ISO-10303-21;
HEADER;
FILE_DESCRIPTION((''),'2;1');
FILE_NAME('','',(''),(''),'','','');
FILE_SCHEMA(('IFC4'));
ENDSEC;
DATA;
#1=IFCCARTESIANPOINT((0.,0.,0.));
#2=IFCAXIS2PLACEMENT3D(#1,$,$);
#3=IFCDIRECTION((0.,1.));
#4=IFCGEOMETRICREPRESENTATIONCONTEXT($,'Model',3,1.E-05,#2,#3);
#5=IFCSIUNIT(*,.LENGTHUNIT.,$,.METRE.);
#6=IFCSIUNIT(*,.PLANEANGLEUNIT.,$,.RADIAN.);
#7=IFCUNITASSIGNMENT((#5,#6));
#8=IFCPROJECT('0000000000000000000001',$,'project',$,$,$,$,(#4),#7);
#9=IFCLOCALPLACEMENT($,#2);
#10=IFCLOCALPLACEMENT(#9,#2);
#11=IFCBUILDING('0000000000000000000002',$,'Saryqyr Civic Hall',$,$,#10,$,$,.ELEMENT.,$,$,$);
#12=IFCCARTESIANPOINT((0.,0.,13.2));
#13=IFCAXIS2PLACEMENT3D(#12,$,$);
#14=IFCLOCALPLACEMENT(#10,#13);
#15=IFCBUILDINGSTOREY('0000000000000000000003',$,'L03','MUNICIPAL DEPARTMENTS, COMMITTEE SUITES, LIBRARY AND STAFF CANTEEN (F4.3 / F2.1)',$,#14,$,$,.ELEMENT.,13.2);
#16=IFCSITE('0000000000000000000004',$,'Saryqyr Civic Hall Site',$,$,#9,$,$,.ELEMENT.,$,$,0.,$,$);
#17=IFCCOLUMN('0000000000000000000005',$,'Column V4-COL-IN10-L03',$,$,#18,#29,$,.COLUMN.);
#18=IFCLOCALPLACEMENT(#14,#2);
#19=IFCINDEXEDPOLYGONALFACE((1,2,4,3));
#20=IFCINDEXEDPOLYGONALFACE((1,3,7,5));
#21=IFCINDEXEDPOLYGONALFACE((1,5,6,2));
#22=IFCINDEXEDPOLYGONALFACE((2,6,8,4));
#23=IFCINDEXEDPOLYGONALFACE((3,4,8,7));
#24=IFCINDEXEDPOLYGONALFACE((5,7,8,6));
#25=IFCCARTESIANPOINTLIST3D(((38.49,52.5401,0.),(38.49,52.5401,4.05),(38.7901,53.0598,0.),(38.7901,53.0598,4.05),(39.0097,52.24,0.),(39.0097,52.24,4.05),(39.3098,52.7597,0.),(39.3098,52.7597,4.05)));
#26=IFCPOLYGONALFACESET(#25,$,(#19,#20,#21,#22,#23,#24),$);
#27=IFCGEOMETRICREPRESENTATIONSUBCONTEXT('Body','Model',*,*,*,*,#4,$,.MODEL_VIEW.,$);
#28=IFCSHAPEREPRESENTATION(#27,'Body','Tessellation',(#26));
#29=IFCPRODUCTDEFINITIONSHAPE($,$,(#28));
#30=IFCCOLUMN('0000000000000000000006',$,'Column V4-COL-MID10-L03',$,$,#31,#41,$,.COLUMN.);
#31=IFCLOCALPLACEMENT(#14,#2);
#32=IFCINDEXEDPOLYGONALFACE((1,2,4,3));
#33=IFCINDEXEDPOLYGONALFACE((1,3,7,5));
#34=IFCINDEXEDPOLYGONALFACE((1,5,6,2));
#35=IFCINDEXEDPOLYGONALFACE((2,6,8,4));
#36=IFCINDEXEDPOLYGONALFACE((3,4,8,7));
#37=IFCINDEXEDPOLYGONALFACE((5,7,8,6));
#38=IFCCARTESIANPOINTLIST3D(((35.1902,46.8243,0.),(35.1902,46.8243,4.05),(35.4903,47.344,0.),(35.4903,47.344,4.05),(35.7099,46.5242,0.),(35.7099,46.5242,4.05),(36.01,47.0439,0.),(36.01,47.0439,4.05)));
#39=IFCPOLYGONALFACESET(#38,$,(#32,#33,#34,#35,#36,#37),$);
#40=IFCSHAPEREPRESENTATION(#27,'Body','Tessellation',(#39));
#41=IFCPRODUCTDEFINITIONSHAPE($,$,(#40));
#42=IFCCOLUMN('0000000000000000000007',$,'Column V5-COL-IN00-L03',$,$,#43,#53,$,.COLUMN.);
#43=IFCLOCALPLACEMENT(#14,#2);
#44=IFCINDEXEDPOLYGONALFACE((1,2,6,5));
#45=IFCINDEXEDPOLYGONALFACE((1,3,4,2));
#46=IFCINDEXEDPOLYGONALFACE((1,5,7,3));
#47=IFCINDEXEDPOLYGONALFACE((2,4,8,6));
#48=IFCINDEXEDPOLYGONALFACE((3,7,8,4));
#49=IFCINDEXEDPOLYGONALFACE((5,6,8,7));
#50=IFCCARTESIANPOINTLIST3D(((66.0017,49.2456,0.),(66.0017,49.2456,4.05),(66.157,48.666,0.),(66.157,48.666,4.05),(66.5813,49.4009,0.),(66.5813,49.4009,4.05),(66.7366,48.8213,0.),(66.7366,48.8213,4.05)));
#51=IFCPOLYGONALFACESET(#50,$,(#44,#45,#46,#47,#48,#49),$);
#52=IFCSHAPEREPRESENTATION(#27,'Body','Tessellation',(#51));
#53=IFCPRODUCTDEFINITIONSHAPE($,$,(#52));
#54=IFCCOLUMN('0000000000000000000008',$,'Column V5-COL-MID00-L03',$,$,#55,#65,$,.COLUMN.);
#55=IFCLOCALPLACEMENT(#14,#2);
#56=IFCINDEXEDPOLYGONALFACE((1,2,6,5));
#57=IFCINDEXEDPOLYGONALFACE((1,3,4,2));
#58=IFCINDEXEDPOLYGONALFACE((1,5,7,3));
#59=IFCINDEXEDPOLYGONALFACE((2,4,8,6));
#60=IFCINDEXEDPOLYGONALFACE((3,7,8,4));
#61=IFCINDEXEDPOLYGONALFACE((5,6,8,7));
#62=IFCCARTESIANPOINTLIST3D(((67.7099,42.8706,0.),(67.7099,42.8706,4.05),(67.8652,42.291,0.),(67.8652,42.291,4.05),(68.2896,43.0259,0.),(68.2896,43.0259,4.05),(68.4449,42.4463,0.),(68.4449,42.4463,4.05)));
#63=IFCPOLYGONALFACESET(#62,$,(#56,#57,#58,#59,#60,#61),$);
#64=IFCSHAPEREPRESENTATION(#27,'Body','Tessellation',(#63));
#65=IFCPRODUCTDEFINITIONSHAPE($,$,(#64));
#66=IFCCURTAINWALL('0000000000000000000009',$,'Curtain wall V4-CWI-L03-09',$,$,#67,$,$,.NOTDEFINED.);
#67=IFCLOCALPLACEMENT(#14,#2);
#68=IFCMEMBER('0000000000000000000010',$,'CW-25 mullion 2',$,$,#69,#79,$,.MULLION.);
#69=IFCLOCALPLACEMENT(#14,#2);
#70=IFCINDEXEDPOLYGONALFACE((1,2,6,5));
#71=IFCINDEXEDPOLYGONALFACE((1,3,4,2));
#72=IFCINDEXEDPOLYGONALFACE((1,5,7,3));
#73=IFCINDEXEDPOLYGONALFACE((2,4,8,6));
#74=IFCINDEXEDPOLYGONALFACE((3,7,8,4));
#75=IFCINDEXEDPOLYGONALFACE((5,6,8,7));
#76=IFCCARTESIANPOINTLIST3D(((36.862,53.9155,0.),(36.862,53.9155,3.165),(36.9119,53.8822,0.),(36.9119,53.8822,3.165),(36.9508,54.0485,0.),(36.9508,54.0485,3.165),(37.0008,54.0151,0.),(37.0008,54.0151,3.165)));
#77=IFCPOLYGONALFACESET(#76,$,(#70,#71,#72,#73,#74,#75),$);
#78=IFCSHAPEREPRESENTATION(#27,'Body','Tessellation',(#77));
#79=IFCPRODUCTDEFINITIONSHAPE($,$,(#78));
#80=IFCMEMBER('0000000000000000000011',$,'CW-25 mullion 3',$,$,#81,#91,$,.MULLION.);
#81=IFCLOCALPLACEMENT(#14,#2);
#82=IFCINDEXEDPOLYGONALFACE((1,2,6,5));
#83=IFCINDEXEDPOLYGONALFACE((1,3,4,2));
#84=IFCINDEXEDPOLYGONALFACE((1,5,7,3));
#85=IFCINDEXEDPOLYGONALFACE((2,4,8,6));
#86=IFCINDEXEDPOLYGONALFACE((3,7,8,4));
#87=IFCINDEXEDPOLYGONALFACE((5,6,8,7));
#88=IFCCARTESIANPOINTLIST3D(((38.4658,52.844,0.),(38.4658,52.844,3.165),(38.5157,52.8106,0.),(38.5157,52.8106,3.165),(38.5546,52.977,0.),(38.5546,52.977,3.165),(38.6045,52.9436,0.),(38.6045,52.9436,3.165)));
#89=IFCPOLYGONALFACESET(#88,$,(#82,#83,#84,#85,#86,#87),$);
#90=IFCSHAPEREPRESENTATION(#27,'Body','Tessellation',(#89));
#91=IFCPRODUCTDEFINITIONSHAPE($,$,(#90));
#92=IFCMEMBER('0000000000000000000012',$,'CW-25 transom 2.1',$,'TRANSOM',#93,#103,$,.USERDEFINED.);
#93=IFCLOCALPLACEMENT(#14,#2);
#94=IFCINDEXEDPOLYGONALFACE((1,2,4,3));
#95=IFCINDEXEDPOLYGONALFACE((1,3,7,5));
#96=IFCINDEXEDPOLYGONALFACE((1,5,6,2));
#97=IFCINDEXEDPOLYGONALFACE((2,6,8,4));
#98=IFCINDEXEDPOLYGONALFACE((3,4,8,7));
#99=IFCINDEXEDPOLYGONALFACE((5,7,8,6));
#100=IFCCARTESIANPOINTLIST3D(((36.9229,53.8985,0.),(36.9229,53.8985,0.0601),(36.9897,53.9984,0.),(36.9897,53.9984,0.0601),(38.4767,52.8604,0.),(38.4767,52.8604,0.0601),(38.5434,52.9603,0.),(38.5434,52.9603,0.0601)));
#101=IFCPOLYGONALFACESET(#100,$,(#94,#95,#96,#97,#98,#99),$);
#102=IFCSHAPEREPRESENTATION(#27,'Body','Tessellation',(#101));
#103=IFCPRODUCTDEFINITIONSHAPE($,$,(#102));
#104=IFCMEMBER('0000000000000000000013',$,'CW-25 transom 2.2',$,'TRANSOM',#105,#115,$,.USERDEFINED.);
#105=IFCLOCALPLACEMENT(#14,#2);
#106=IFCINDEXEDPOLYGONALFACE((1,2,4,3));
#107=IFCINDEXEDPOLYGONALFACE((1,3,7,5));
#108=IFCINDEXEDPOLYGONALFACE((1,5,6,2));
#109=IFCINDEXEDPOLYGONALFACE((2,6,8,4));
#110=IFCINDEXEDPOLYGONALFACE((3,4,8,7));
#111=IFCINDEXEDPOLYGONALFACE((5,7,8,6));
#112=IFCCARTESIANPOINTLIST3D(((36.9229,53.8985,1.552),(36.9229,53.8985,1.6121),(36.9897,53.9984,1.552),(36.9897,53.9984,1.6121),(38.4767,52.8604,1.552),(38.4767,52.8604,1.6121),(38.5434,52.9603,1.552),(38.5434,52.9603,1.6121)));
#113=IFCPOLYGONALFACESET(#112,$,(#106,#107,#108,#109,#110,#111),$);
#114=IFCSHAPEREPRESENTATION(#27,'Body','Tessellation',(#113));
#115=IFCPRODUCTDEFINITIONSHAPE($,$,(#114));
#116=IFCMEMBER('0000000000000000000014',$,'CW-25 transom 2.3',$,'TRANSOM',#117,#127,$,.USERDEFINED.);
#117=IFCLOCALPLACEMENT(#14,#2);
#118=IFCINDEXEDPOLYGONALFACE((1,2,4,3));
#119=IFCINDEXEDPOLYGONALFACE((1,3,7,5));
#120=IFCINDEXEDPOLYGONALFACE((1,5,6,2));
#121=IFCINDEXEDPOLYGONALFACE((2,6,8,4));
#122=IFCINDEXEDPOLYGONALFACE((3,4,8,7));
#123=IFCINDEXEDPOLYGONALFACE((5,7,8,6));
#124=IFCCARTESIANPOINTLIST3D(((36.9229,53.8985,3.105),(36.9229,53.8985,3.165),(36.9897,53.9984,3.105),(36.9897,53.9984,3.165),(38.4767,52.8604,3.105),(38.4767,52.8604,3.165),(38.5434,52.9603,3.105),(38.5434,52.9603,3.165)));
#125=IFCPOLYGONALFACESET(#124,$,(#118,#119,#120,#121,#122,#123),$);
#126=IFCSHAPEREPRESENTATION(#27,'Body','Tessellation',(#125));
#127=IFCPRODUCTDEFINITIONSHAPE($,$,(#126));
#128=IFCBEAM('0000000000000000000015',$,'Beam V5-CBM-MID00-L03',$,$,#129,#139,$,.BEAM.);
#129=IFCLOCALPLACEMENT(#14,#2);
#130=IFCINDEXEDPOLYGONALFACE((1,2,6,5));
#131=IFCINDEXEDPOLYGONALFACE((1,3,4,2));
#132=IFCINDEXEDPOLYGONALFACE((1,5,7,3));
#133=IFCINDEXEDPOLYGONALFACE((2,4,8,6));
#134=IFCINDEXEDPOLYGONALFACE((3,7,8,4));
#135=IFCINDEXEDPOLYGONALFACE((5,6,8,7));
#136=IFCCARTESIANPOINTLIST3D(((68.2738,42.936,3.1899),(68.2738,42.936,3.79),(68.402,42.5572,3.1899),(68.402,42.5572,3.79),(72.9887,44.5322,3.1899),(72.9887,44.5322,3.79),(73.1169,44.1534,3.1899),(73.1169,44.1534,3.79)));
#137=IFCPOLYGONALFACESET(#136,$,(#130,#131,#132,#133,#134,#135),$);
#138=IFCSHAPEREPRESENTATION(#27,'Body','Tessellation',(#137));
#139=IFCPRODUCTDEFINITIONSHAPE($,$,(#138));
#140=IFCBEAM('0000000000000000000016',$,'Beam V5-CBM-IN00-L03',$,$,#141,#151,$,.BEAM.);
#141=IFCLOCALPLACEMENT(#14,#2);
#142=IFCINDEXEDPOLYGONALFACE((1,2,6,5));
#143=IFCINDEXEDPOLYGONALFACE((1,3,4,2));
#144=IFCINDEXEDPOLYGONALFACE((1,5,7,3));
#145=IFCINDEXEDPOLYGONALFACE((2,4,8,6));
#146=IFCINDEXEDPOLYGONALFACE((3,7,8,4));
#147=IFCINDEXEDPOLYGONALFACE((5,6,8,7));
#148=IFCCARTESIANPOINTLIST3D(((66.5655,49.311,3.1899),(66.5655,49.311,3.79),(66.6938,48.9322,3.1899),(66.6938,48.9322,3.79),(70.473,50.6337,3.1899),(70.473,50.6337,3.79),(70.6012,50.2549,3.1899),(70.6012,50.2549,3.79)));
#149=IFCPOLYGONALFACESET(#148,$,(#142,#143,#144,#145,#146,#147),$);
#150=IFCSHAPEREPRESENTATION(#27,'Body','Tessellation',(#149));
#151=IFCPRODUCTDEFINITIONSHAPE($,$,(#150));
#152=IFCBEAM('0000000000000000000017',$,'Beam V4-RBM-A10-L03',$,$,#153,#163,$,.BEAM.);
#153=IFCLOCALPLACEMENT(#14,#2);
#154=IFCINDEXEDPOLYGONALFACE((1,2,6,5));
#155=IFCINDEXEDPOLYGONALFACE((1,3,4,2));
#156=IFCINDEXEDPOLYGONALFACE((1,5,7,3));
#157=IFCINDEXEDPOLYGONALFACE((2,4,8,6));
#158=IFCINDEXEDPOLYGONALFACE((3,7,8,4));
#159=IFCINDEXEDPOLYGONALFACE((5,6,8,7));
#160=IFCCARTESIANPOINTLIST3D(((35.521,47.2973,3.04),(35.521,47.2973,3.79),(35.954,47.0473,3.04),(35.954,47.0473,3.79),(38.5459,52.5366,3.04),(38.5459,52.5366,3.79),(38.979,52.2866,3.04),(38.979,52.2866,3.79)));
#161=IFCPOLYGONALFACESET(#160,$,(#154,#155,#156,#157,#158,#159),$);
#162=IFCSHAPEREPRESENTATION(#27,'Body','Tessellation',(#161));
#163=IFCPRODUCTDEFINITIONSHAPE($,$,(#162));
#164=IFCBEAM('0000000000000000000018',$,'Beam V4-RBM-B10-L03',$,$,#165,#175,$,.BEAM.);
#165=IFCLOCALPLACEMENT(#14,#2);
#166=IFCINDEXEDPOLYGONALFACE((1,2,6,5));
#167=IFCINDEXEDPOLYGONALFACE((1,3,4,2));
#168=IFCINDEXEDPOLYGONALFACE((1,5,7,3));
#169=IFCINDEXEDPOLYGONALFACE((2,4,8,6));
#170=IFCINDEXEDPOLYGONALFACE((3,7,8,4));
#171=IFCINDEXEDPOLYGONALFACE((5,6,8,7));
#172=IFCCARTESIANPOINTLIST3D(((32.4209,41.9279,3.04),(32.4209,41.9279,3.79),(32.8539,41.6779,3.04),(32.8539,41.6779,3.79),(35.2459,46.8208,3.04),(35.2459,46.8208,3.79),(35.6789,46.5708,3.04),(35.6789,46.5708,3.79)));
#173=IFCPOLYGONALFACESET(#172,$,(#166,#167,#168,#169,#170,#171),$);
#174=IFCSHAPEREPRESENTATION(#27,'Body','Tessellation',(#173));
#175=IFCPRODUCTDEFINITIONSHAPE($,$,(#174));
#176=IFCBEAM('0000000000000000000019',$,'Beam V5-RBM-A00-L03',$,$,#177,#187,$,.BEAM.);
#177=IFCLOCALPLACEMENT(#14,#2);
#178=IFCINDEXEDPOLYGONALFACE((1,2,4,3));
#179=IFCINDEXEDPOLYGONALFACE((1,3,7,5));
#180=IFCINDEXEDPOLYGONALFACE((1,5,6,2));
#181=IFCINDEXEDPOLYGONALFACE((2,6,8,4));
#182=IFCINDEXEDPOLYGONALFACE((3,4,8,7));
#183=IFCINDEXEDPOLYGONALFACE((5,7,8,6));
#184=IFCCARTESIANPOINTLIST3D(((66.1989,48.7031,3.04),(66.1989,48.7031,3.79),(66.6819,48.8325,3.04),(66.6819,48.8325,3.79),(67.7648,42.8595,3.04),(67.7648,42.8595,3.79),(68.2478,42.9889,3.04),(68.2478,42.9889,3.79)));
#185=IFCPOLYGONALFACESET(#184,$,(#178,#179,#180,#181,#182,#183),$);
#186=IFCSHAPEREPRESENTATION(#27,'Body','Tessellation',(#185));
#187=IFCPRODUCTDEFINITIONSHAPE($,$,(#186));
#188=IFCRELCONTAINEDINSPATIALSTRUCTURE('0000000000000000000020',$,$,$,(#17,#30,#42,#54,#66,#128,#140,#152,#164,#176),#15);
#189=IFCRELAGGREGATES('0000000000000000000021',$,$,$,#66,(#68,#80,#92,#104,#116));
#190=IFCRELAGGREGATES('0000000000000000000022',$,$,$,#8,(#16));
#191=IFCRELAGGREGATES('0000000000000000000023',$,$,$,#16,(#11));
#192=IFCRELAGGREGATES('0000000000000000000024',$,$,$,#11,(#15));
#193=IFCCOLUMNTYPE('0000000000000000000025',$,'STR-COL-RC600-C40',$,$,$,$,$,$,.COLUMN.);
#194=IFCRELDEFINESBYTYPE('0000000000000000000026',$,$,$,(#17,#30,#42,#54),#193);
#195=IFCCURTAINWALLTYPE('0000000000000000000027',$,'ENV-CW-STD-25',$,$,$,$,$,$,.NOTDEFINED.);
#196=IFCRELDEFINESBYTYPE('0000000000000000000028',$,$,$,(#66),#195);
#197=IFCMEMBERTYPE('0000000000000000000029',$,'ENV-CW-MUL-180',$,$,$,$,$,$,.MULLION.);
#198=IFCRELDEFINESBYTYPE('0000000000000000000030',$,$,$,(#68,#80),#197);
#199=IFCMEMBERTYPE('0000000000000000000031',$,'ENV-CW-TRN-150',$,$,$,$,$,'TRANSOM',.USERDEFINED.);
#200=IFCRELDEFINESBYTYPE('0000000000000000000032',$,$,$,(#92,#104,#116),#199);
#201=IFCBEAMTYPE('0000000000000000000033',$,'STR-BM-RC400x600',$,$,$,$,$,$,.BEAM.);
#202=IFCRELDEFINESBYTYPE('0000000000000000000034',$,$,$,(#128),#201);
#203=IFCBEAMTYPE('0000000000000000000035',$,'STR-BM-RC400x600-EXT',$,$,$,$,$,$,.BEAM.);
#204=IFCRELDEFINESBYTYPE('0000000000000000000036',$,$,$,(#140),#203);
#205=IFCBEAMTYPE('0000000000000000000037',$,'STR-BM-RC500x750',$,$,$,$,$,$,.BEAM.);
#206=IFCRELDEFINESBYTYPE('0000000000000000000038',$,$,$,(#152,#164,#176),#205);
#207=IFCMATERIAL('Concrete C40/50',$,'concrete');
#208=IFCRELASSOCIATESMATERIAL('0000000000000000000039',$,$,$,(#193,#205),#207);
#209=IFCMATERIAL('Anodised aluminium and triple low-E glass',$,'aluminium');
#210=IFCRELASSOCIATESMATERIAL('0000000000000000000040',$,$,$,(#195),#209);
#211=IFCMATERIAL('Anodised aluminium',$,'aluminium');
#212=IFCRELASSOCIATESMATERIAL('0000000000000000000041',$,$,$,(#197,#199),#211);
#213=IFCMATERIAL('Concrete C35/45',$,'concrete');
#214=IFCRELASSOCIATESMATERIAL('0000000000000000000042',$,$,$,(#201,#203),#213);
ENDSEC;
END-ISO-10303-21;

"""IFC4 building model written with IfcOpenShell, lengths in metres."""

from ifc_helpers import new_model, si_unit, direction, frame, origin, origin_2d, place, context, subcontext, project, spatial, rectangle, extrude, material, material_profile, profile_set, type_object, element, aggregate, save


model = new_model("IFC4")

# Units and contexts
model_context = context("Model", 3, precision=1e-05, world=origin(), true_north=direction((0.0, 1.0)))
body_context = subcontext(model_context, "Body", "Model", "MODEL_VIEW")
ifc_project = project(units=[si_unit("LENGTHUNIT", "METRE"), si_unit("PLANEANGLEUNIT", "RADIAN")], contexts=[model_context])

# Site, building, storey
site_placement = place(None, origin())
site = spatial("IfcSite", under=ifc_project, at=site_placement, Name="Saryqyr Civic Hall Site", CompositionType="ELEMENT", RefElevation=0.0)
building_placement = place(site_placement, origin())
building = spatial("IfcBuilding", under=site, at=building_placement, Name="Saryqyr Civic Hall", CompositionType="ELEMENT")
storey_placement = place(building_placement, frame((0.0, 0.0, 13.2)))
storey = spatial("IfcBuildingStorey", under=building, at=storey_placement, Name="L03", Description="MUNICIPAL DEPARTMENTS, COMMITTEE SUITES, LIBRARY AND STAFF CANTEEN (F4.3 / F2.1)", CompositionType="ELEMENT", Elevation=13.2)

# Columns
ifc_material_1 = material(Name="Concrete C40/50", Category="concrete")
ifc_material_profile_1 = material_profile(ifc_material_1, rectangle(XDim=0.6001, YDim=0.6001, at=origin_2d()), Name="RC 600x600")
ifc_profile_set_1 = profile_set([ifc_material_profile_1], Name="Concrete C40/50")
column_type = type_object("IfcColumnType", Name="STR-COL-RC600-C40", PredefinedType="COLUMN", material=ifc_profile_set_1)
for number, where, z_axis, x_axis, name in (
    (1, (38.8999, 52.6499, 0.0), (0.0, 0.0, 1.0), (-0.5, -0.866025, 0.0), "Column V4-COL-IN10-L03"),
    (2, (35.6001, 46.9341, 0.0), (0.0, 0.0, 1.0), (-0.5, -0.866025, 0.0), "Column V4-COL-MID10-L03"),
    (3, (66.3691, 49.0334, 0.0), (0.0, 0.0, 1.0), (0.258819, -0.965926, 0.0), "Column V5-COL-IN00-L03"),
    (4, (68.0774, 42.6584, 0.0), (0.0, 0.0, 1.0), (0.258819, -0.965926, 0.0), "Column V5-COL-MID00-L03"),
):
    element("IfcColumn", number, at=place(storey_placement, frame(where, z_axis=z_axis, x_axis=x_axis)), inside=storey, type_object=column_type, Name=name, PredefinedType="COLUMN", context=body_context, shape_type="SweptSolid", body=[
        extrude(rectangle(XDim=0.6001, YDim=0.6001, at=origin_2d()), origin(), (0.0, 0.0, 1.0), 4.05),
    ])

# Curtain wall, members
ifc_material_2 = material(Name="Anodised aluminium and triple low-E glass", Category="aluminium")
curtain_wall_type = type_object("IfcCurtainWallType", Name="ENV-CW-STD-25", PredefinedType="NOTDEFINED", material=ifc_material_2)
curtain_wall_placement = place(storey_placement, origin())
curtain_wall = element("IfcCurtainWall", 5, at=curtain_wall_placement, inside=storey, type_object=curtain_wall_type, Name="Curtain wall V4-CWI-L03-09", PredefinedType="NOTDEFINED")
ifc_material_3 = material(Name="Anodised aluminium", Category="aluminium")
ifc_material_profile_2 = material_profile(ifc_material_3, rectangle(XDim=0.0601, YDim=0.1599, at=origin_2d()), Name="ALU MULLION 60x160")
ifc_profile_set_2 = profile_set([ifc_material_profile_2], Name="Anodised aluminium")
member_type_1 = type_object("IfcMemberType", Name="ENV-CW-MUL-180", PredefinedType="MULLION", material=ifc_profile_set_2)
member_1_placement = place(storey_placement, frame((36.9314, 53.9653, 0.0), z_axis=(0.0, 0.0, 1.0), x_axis=(0.83148, -0.555554, 0.0)))
member_1 = element("IfcMember", 6, at=member_1_placement, type_object=member_type_1, Name="CW-25 mullion 2", PredefinedType="MULLION", context=body_context, shape_type="SweptSolid", body=[
    extrude(rectangle(XDim=0.0601, YDim=0.1599, at=origin_2d()), origin(), (0.0, 0.0, 1.0), 3.165),
])
member_2_placement = place(storey_placement, frame((38.5352, 52.8938, 0.0), z_axis=(0.0, 0.0, 1.0), x_axis=(0.83148, -0.555554, 0.0)))
member_2 = element("IfcMember", 7, at=member_2_placement, type_object=member_type_1, Name="CW-25 mullion 3", PredefinedType="MULLION", context=body_context, shape_type="SweptSolid", body=[
    extrude(rectangle(XDim=0.0601, YDim=0.1599, at=origin_2d()), origin(), (0.0, 0.0, 1.0), 3.165),
])
ifc_material_profile_3 = material_profile(ifc_material_3, rectangle(XDim=0.1201, YDim=0.0601, at=origin_2d()), Name="ALU TRANSOM 120x60")
ifc_profile_set_3 = profile_set([ifc_material_profile_3], Name="Anodised aluminium")
member_type_2 = type_object("IfcMemberType", Name="ENV-CW-TRN-150", ElementType="TRANSOM", PredefinedType="USERDEFINED", material=ifc_profile_set_3)
member_3_placement = place(storey_placement, frame((36.9563, 53.9485, 0.03), z_axis=(0.831487, -0.555544, 0.0), x_axis=(0.555544, 0.831487, 0.0)))
member_3 = element("IfcMember", 8, at=member_3_placement, type_object=member_type_2, Name="CW-25 transom 2.1", ObjectType="TRANSOM", PredefinedType="USERDEFINED", context=body_context, shape_type="SweptSolid", body=[
    extrude(rectangle(XDim=0.1201, YDim=0.0601, at=origin_2d()), origin(), (0.0, 0.0, 1.0), 1.8687),
])
member_4_placement = place(storey_placement, frame((36.9563, 53.9485, 1.582), z_axis=(0.831487, -0.555544, 0.0), x_axis=(0.555544, 0.831487, 0.0)))
member_4 = element("IfcMember", 9, at=member_4_placement, type_object=member_type_2, Name="CW-25 transom 2.2", ObjectType="TRANSOM", PredefinedType="USERDEFINED", context=body_context, shape_type="SweptSolid", body=[
    extrude(rectangle(XDim=0.1201, YDim=0.0601, at=origin_2d()), origin(), (0.0, 0.0, 1.0), 1.8687),
])
member_5_placement = place(storey_placement, frame((36.9563, 53.9485, 3.135), z_axis=(0.831487, -0.555544, 0.0), x_axis=(0.555544, 0.831487, 0.0)))
member_5 = element("IfcMember", 10, at=member_5_placement, type_object=member_type_2, Name="CW-25 transom 2.3", ObjectType="TRANSOM", PredefinedType="USERDEFINED", context=body_context, shape_type="SweptSolid", body=[
    extrude(rectangle(XDim=0.1201, YDim=0.0601, at=origin_2d()), origin(), (0.0, 0.0, 1.0), 1.8687),
])

# Beams
ifc_material_4 = material(Name="Concrete C35/45", Category="concrete")
ifc_material_profile_4 = material_profile(ifc_material_4, rectangle(XDim=0.3999, YDim=0.6001, at=origin_2d()), Name="RC 400x600")
ifc_profile_set_4 = profile_set([ifc_material_profile_4], Name="Concrete C35/45")
beam_type_1 = type_object("IfcBeamType", Name="STR-BM-RC400x600", PredefinedType="BEAM", material=ifc_profile_set_4)
beam_1_placement = place(storey_placement, frame((68.3379, 42.7466, 3.49), z_axis=(0.947192, 0.320668, 0.0), x_axis=(-0.320668, 0.947192, 0.0)))
element("IfcBeam", 11, at=beam_1_placement, inside=storey, type_object=beam_type_1, Name="Beam V5-CBM-MID00-L03", PredefinedType="BEAM", context=body_context, shape_type="SweptSolid", body=[
    extrude(rectangle(XDim=0.3999, YDim=0.6001, at=origin_2d()), origin(), (0.0, 0.0, 1.0), 4.9778),
])
ifc_material_profile_5 = material_profile(ifc_material_4, rectangle(XDim=0.3999, YDim=0.6001, at=origin_2d()), Name="RC 400x600")
ifc_profile_set_5 = profile_set([ifc_material_profile_5], Name="Concrete C35/45")
beam_type_2 = type_object("IfcBeamType", Name="STR-BM-RC400x600-EXT", PredefinedType="BEAM", material=ifc_profile_set_5)
beam_2_placement = place(storey_placement, frame((66.6296, 49.1216, 3.49), z_axis=(0.947199, 0.320645, 0.0), x_axis=(-0.320645, 0.947199, 0.0)))
element("IfcBeam", 12, at=beam_2_placement, inside=storey, type_object=beam_type_2, Name="Beam V5-CBM-IN00-L03", PredefinedType="BEAM", context=body_context, shape_type="SweptSolid", body=[
    extrude(rectangle(XDim=0.3999, YDim=0.6001, at=origin_2d()), origin(), (0.0, 0.0, 1.0), 4.1252),
])
ifc_material_profile_6 = material_profile(ifc_material_1, rectangle(XDim=0.5, YDim=0.75, at=origin_2d()), Name="RC 500x750")
ifc_profile_set_6 = profile_set([ifc_material_profile_6], Name="Concrete C40/50")
beam_type_3 = type_object("IfcBeamType", Name="STR-BM-RC500x750", PredefinedType="BEAM", material=ifc_profile_set_6)
beam_3_placement = place(storey_placement, frame((38.7625, 52.4116, 3.415), z_axis=(-0.500002, -0.866024, 0.0), x_axis=(0.866024, -0.500002, 0.0)))
element("IfcBeam", 13, at=beam_3_placement, inside=storey, type_object=beam_type_3, Name="Beam V4-RBM-A10-L03", PredefinedType="BEAM", context=body_context, shape_type="SweptSolid", body=[
    extrude(rectangle(XDim=0.5, YDim=0.75, at=origin_2d()), origin(), (0.0, 0.0, 1.0), 6.0498),
])
beam_4_placement = place(storey_placement, frame((35.4624, 46.6958, 3.415), z_axis=(-0.50001, -0.866019, 0.0), x_axis=(0.866019, -0.50001, 0.0)))
element("IfcBeam", 14, at=beam_4_placement, inside=storey, type_object=beam_type_3, Name="Beam V4-RBM-B10-L03", PredefinedType="BEAM", context=body_context, shape_type="SweptSolid", body=[
    extrude(rectangle(XDim=0.5, YDim=0.75, at=origin_2d()), origin(), (0.0, 0.0, 1.0), 5.6499),
])
beam_5_placement = place(storey_placement, frame((66.4404, 48.7678, 3.415), z_axis=(0.258833, -0.965922, 0.0), x_axis=(0.965922, 0.258833, 0.0)))
element("IfcBeam", 15, at=beam_5_placement, inside=storey, type_object=beam_type_3, Name="Beam V5-RBM-A00-L03", PredefinedType="BEAM", context=body_context, shape_type="SweptSolid", body=[
    extrude(rectangle(XDim=0.5, YDim=0.75, at=origin_2d()), origin(), (0.0, 0.0, 1.0), 6.0498),
])

aggregate(curtain_wall, [member_1, member_2, member_3, member_4, member_5])

save(model, "model.ifc")
